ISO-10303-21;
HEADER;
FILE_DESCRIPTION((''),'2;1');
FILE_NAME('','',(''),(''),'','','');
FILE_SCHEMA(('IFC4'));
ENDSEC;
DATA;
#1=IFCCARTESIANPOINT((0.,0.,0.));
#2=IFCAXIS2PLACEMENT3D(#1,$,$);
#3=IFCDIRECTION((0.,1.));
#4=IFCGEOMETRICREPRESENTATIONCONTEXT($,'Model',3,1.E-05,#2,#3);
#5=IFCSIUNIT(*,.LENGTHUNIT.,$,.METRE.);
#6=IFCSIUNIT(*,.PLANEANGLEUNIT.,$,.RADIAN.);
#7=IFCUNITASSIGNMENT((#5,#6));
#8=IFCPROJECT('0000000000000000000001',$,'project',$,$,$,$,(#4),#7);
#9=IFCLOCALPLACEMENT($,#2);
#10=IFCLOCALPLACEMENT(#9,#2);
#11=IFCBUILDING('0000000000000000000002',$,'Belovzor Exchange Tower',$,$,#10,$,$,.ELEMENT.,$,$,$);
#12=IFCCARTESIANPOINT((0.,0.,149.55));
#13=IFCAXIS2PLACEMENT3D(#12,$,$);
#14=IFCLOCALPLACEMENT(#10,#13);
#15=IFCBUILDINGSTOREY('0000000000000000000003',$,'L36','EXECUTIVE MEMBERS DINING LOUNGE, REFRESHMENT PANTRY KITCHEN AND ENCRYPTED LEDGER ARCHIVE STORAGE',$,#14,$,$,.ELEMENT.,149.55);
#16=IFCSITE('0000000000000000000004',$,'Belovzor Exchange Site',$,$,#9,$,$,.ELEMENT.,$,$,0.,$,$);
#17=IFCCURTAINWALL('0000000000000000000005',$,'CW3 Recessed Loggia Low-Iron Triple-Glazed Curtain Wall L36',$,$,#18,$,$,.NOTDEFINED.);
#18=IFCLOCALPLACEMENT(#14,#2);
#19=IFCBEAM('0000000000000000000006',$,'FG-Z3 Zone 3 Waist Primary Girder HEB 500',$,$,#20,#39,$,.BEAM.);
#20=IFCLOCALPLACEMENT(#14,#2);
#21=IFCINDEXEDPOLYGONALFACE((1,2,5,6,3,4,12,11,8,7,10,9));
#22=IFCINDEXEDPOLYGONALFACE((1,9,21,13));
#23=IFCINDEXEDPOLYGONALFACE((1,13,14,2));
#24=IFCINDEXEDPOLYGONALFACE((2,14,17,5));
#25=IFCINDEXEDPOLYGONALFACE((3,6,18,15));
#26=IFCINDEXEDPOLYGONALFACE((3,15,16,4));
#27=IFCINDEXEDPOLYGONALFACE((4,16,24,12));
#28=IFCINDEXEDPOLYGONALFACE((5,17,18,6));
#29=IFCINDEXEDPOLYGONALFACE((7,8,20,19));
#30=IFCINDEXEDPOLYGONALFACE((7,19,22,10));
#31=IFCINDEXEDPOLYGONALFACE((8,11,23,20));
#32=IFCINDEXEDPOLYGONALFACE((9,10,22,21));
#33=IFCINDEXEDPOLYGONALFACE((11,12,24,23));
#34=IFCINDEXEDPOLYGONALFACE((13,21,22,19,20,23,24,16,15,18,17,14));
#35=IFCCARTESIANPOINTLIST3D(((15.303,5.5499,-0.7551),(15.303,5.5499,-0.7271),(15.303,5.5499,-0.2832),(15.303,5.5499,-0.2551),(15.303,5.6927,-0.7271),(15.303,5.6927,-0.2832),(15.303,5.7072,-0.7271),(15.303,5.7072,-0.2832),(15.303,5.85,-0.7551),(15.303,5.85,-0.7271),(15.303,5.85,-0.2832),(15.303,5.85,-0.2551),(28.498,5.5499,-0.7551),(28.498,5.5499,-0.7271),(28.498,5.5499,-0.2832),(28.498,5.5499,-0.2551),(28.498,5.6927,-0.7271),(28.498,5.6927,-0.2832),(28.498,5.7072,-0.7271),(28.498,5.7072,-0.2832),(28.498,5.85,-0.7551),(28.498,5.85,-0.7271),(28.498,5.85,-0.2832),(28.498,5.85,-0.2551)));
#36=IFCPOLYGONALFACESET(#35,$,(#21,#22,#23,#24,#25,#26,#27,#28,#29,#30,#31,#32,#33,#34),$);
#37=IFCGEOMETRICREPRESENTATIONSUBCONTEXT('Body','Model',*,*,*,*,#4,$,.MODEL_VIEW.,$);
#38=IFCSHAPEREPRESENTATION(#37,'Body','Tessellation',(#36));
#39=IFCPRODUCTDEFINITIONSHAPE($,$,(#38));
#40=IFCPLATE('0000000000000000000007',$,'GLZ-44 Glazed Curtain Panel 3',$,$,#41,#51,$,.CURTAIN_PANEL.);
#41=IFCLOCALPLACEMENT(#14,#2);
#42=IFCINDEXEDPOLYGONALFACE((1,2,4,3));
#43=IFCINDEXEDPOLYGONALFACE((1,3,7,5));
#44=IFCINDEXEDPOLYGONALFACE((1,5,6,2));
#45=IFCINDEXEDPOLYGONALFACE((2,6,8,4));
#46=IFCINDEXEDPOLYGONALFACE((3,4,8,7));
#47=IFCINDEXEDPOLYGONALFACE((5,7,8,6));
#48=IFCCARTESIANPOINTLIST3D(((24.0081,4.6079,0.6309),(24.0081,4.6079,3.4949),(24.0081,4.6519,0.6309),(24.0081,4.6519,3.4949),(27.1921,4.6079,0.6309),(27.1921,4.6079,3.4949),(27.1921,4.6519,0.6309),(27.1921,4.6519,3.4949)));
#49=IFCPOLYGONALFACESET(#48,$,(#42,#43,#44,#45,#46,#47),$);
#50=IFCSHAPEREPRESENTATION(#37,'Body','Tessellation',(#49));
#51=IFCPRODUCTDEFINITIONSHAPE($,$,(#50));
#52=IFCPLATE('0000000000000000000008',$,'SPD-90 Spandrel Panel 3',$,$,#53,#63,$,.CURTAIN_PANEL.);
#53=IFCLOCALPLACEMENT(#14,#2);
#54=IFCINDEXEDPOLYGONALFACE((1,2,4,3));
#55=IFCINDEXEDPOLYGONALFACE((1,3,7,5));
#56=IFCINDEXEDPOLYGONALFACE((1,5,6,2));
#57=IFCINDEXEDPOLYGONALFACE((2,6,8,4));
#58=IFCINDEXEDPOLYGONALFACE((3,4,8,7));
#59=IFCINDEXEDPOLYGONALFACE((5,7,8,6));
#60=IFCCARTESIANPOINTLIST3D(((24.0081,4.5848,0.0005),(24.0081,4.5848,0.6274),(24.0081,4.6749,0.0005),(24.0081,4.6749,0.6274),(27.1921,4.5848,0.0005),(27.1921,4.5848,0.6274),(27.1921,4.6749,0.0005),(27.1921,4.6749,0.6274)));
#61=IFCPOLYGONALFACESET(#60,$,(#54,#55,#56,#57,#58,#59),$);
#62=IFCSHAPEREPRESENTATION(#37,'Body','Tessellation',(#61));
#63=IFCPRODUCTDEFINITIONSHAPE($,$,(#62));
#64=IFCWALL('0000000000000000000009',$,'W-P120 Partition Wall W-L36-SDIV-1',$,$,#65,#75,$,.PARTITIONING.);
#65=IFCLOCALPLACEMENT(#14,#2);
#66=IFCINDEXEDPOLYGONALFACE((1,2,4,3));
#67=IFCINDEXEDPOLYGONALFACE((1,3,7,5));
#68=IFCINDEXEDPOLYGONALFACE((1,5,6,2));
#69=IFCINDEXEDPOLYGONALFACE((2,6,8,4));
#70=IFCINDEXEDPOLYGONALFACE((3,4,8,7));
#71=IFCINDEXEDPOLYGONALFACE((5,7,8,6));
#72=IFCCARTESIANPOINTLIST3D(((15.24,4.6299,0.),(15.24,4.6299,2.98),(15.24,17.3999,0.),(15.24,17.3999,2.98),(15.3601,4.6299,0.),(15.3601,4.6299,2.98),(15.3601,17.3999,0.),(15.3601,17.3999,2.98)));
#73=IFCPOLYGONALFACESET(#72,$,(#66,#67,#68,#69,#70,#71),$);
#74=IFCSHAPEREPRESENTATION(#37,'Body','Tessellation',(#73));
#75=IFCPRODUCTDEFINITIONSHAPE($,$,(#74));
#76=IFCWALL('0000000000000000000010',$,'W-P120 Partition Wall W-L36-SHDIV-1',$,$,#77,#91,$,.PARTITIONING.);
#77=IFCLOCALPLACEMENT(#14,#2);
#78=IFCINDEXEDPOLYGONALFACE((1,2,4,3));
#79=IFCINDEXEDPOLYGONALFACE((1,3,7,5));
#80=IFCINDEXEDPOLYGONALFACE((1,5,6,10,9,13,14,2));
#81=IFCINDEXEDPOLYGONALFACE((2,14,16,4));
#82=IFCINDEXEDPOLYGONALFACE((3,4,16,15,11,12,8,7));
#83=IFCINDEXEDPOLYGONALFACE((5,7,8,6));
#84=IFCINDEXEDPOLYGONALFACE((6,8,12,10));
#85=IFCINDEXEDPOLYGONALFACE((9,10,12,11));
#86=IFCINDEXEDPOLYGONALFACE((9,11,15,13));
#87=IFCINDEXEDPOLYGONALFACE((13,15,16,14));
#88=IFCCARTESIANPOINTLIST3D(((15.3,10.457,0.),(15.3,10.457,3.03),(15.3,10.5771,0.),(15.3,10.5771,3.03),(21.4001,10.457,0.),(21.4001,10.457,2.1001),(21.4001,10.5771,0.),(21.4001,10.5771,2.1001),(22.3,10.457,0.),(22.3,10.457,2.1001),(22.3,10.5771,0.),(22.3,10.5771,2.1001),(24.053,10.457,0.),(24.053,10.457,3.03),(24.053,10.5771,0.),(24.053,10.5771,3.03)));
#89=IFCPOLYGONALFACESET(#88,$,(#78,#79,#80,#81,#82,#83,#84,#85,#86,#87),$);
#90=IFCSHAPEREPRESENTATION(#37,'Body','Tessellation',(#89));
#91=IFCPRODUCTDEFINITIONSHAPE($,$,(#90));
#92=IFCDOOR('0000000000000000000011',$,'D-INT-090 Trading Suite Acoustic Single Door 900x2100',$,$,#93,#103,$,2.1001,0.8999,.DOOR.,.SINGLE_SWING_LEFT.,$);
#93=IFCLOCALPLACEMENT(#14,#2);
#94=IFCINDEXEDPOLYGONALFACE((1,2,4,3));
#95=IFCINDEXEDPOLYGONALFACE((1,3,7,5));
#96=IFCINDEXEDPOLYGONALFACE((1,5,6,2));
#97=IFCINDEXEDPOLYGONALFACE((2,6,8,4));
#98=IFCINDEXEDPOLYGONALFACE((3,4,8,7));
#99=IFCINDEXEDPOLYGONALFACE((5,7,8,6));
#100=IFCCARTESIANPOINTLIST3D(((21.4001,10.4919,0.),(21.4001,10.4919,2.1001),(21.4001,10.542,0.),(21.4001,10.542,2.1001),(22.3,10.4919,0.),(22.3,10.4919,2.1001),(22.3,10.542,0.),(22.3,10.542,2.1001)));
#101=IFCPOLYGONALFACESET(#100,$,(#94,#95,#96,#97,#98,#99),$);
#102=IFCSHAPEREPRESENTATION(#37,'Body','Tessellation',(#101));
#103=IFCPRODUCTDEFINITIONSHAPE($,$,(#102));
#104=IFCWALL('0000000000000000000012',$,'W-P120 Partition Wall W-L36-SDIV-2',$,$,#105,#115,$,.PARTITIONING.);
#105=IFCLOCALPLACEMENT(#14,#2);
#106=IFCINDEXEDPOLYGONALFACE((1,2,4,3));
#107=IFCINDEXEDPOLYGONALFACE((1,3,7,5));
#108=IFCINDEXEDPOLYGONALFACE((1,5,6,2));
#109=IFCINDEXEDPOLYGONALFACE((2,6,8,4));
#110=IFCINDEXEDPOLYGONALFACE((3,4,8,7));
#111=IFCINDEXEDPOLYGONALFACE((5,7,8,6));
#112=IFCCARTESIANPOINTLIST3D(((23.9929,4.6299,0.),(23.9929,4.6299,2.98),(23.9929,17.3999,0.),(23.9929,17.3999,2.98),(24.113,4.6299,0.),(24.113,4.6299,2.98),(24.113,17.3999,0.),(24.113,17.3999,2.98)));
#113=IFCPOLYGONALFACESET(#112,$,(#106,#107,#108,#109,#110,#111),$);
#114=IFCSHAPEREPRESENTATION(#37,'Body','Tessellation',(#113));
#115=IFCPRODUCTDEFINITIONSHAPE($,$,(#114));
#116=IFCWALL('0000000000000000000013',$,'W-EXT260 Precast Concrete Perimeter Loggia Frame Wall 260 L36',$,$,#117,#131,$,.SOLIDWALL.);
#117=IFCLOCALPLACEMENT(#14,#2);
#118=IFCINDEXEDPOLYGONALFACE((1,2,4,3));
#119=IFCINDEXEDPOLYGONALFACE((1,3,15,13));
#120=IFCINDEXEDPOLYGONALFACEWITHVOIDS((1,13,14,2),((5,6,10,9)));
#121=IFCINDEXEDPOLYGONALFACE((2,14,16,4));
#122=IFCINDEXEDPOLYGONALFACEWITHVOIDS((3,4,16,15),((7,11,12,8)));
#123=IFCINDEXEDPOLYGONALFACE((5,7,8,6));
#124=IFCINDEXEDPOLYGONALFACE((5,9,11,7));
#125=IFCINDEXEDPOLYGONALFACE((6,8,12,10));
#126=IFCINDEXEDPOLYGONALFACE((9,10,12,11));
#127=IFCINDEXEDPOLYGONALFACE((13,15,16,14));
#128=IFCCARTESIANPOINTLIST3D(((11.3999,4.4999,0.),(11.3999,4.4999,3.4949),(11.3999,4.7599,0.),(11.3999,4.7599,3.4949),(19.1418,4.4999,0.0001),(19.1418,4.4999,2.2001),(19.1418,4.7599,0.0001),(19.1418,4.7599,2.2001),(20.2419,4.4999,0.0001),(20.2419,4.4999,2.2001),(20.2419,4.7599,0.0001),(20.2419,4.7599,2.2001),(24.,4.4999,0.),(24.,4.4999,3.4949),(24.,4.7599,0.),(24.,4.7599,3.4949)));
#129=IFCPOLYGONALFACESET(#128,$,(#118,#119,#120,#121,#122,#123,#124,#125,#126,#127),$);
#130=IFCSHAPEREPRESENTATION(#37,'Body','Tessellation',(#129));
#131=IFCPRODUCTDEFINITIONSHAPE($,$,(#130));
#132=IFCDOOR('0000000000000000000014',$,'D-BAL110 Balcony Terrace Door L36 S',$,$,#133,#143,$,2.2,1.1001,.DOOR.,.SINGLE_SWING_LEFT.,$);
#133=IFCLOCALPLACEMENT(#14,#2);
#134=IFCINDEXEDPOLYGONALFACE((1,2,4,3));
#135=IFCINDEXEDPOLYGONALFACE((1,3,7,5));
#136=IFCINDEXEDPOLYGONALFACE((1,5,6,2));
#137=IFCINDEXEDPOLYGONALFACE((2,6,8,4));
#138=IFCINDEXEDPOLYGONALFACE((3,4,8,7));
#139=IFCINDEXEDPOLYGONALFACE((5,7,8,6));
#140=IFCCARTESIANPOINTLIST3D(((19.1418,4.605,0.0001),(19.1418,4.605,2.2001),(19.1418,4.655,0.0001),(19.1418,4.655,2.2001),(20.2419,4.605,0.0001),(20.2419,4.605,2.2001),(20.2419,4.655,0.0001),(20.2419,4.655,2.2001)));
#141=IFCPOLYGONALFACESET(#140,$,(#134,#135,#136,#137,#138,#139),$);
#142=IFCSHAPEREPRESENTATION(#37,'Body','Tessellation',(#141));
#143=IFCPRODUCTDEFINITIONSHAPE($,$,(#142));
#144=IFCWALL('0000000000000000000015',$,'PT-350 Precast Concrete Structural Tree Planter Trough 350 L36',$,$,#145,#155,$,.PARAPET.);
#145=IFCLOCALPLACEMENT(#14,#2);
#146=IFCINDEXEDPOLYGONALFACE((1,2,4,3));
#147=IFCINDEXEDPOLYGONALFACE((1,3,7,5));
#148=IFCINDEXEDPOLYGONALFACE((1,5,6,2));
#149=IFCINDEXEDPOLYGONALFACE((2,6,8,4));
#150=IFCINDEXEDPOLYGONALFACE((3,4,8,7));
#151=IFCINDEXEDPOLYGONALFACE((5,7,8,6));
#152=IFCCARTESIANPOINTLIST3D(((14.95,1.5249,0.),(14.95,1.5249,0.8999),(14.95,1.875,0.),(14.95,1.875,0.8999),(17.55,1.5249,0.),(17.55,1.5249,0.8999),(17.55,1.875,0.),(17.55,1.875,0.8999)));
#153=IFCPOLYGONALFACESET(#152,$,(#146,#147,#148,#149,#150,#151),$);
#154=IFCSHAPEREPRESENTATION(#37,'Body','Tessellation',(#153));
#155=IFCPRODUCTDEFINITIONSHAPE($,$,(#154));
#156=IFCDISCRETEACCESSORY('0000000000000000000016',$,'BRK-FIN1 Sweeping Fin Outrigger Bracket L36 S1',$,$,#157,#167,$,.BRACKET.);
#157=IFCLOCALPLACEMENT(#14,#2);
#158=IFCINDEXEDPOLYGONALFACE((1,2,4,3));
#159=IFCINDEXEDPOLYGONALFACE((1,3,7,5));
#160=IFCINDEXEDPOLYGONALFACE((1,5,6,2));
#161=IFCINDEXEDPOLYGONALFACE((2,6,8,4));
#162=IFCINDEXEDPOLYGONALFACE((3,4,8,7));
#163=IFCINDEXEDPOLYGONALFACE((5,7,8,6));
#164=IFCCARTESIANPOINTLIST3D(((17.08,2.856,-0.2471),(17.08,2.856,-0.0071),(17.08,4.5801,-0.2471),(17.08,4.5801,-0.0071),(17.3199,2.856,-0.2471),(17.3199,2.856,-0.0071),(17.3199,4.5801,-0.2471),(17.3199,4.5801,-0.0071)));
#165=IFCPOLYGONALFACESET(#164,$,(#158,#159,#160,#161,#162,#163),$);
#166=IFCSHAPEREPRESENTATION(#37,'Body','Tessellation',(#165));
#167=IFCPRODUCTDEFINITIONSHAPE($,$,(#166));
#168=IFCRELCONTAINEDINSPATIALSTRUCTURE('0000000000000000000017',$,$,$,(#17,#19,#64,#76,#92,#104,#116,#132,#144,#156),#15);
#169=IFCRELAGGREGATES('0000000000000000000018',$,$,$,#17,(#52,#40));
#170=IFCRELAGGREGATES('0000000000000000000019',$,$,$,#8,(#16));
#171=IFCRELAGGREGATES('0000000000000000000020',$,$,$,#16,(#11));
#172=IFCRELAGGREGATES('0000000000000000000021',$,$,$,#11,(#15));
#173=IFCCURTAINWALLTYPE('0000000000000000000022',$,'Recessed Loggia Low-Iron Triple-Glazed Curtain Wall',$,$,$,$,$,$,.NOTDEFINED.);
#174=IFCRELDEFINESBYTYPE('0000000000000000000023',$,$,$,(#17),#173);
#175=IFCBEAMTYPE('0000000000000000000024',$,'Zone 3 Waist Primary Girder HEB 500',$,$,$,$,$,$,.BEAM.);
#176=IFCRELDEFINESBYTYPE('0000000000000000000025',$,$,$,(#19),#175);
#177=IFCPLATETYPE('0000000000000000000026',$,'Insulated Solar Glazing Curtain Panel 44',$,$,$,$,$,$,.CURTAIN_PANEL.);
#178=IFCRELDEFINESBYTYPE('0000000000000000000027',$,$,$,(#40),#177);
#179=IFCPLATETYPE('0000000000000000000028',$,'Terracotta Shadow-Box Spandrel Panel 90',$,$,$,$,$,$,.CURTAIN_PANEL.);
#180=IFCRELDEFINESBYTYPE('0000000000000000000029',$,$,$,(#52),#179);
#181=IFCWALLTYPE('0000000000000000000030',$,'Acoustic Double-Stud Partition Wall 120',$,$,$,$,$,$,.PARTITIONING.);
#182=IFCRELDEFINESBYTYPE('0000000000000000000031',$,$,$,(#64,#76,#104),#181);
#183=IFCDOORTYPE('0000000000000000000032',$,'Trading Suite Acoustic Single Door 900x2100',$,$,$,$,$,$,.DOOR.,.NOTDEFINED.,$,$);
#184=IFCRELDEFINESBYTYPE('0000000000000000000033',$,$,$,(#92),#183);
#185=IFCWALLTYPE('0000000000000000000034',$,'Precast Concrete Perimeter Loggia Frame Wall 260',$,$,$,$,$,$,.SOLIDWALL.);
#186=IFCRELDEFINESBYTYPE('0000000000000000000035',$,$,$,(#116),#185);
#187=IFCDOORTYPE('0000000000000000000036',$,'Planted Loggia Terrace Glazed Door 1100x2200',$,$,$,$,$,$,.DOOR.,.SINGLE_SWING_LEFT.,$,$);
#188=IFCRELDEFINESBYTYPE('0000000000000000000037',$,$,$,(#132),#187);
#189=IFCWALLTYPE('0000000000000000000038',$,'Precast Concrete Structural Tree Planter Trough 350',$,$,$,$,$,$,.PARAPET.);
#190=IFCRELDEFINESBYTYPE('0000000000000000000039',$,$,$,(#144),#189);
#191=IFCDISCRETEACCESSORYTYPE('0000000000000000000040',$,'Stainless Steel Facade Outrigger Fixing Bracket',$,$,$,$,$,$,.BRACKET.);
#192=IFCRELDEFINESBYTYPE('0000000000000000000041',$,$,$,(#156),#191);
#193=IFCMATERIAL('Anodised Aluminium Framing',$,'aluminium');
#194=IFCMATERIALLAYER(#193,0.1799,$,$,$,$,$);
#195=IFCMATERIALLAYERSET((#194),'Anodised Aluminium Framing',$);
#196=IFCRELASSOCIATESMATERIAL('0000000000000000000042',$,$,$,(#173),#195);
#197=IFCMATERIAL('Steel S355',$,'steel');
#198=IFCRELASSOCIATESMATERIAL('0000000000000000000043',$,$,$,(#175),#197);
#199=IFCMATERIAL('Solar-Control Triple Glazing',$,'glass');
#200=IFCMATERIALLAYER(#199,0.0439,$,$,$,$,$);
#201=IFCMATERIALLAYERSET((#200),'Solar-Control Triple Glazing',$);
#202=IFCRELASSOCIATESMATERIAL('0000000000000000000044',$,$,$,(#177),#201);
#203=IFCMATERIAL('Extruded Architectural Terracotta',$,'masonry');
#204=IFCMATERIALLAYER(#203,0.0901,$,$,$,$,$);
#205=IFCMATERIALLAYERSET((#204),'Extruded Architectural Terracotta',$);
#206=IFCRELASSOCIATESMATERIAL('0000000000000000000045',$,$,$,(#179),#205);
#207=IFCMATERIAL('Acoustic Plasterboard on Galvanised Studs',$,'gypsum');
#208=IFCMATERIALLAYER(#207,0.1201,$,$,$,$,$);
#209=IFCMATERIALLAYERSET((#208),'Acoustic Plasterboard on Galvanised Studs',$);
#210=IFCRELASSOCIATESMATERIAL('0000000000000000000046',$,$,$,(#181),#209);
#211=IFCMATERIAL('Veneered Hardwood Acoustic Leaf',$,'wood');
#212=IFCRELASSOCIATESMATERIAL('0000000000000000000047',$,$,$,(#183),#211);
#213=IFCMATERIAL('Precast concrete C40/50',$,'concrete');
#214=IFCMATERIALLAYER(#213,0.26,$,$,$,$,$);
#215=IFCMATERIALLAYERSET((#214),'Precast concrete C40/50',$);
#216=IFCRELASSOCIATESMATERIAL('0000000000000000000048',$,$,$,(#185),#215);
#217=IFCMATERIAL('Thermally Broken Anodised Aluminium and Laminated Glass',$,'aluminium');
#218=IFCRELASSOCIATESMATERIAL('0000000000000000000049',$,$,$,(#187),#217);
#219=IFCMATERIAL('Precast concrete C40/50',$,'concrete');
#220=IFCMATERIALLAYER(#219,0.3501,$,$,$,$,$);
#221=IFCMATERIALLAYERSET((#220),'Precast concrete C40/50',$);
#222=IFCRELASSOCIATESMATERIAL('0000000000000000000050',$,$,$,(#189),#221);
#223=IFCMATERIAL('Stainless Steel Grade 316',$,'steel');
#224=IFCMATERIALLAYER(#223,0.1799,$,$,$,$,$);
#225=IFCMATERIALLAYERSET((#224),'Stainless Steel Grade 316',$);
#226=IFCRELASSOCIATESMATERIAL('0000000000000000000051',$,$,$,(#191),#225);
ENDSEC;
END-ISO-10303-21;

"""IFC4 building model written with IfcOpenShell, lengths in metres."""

from ifc_helpers import new_model, si_unit, direction, frame, frame_2d, origin, origin_2d, place, context, subcontext, project, spatial, rectangle, i_section, extrude, material, layer, layer_set, material_profile, profile_set, type_object, element, fill, aggregate, save


model = new_model("IFC4")

# Units and contexts
model_context = context("Model", 3, precision=1e-05, world=origin(), true_north=direction((0.0, 1.0)))
body_context = subcontext(model_context, "Body", "Model", "MODEL_VIEW")
ifc_project = project(units=[si_unit("LENGTHUNIT", "METRE"), si_unit("PLANEANGLEUNIT", "RADIAN")], contexts=[model_context])

# Site, building, storey
site_placement = place(None, origin())
site = spatial("IfcSite", under=ifc_project, at=site_placement, Name="Belovzor Exchange Site", CompositionType="ELEMENT", RefElevation=0.0)
building_placement = place(site_placement, origin())
building = spatial("IfcBuilding", under=site, at=building_placement, Name="Belovzor Exchange Tower", CompositionType="ELEMENT")
storey_placement = place(building_placement, frame((0.0, 0.0, 149.55)))
storey = spatial("IfcBuildingStorey", under=building, at=storey_placement, Name="L36", Description="EXECUTIVE MEMBERS DINING LOUNGE, REFRESHMENT PANTRY KITCHEN AND ENCRYPTED LEDGER ARCHIVE STORAGE", CompositionType="ELEMENT", Elevation=149.55)

# Curtain wall
ifc_material_1 = material(Name="Anodised Aluminium Framing", Category="aluminium")
ifc_layer_1 = layer(ifc_material_1, 0.1799)
ifc_layer_set_1 = layer_set([ifc_layer_1], Name="Anodised Aluminium Framing")
curtain_wall_type = type_object("IfcCurtainWallType", Name="Recessed Loggia Low-Iron Triple-Glazed Curtain Wall", PredefinedType="NOTDEFINED", material=ifc_layer_set_1)
curtain_wall_placement = place(storey_placement, origin())
curtain_wall = element("IfcCurtainWall", 1, at=curtain_wall_placement, inside=storey, type_object=curtain_wall_type, Name="CW3 Recessed Loggia Low-Iron Triple-Glazed Curtain Wall L36", PredefinedType="NOTDEFINED")

# Beam
ifc_material_2 = material(Name="Steel S355", Category="steel")
ifc_material_profile_1 = material_profile(ifc_material_2, i_section(OverallWidth=0.3, OverallDepth=0.5, WebThickness=0.0144, FlangeThickness=0.0281, at=origin_2d()))
ifc_profile_set_1 = profile_set([ifc_material_profile_1], Name="Steel S355")
beam_type_1 = type_object("IfcBeamType", Name="Zone 3 Waist Primary Girder HEB 500", PredefinedType="BEAM", material=ifc_profile_set_1)
beam_1_placement = place(storey_placement, frame((15.303, 5.7, -0.5051), z_axis=(1.0, 0.0, 0.0), x_axis=(0.0, 1.0, 0.0)))
element("IfcBeam", 2, at=beam_1_placement, inside=storey, type_object=beam_type_1, Name="FG-Z3 Zone 3 Waist Primary Girder HEB 500", PredefinedType="BEAM", context=body_context, shape_type="SweptSolid", body=[
    extrude(i_section(OverallWidth=0.3, OverallDepth=0.5, WebThickness=0.0144, FlangeThickness=0.0281, at=origin_2d()), origin(), (0.0, 0.0, 1.0), 13.1951),
])

# Plates
ifc_material_3 = material(Name="Solar-Control Triple Glazing", Category="glass")
ifc_layer_2 = layer(ifc_material_3, 0.0439)
ifc_layer_set_2 = layer_set([ifc_layer_2], Name="Solar-Control Triple Glazing")
plate_type_1 = type_object("IfcPlateType", Name="Insulated Solar Glazing Curtain Panel 44", PredefinedType="CURTAIN_PANEL", material=ifc_layer_set_2)
plate_1_placement = place(storey_placement, frame((25.6001, 4.6299, 0.6309), z_axis=(0.0, 0.0, 1.0), x_axis=(-1.0, 0.0, 0.0)))
plate_1 = element("IfcPlate", 3, at=plate_1_placement, type_object=plate_type_1, Name="GLZ-44 Glazed Curtain Panel 3", PredefinedType="CURTAIN_PANEL", context=body_context, shape_type="SweptSolid", body=[
    extrude(rectangle(XDim=3.1841, YDim=0.0439, at=origin_2d()), origin(), (0.0, 0.0, 1.0), 2.864),
])
ifc_material_4 = material(Name="Extruded Architectural Terracotta", Category="masonry")
ifc_layer_3 = layer(ifc_material_4, 0.0901)
ifc_layer_set_3 = layer_set([ifc_layer_3], Name="Extruded Architectural Terracotta")
plate_type_2 = type_object("IfcPlateType", Name="Terracotta Shadow-Box Spandrel Panel 90", PredefinedType="CURTAIN_PANEL", material=ifc_layer_set_3)
plate_2_placement = place(storey_placement, frame((25.6001, 4.6299, 0.0005), z_axis=(0.0, 0.0, 1.0), x_axis=(-1.0, 0.0, 0.0)))
plate_2 = element("IfcPlate", 4, at=plate_2_placement, type_object=plate_type_2, Name="SPD-90 Spandrel Panel 3", PredefinedType="CURTAIN_PANEL", context=body_context, shape_type="SweptSolid", body=[
    extrude(rectangle(XDim=3.1841, YDim=0.0901, at=origin_2d()), origin(), (0.0, 0.0, 1.0), 0.627),
])
aggregate(curtain_wall, [plate_2, plate_1])

# Wall
ifc_material_5 = material(Name="Acoustic Plasterboard on Galvanised Studs", Category="gypsum")
ifc_layer_4 = layer(ifc_material_5, 0.1201)
ifc_layer_set_4 = layer_set([ifc_layer_4], Name="Acoustic Plasterboard on Galvanised Studs")
wall_type_1 = type_object("IfcWallType", Name="Acoustic Double-Stud Partition Wall 120", PredefinedType="PARTITIONING", material=ifc_layer_set_4)
wall_1_placement = place(storey_placement, frame((15.3, 4.6299, 0.0), z_axis=(0.0, 0.0, 1.0), x_axis=(0.0, 1.0, 0.0)))
element("IfcWall", 5, at=wall_1_placement, inside=storey, type_object=wall_type_1, Name="W-P120 Partition Wall W-L36-SDIV-1", PredefinedType="PARTITIONING", context=body_context, shape_type="SweptSolid", body=[
    extrude(rectangle(XDim=12.77, YDim=0.1201, at=frame_2d((6.385, 0.0))), origin(), (0.0, 0.0, 1.0), 2.98),
])

# Wall, opening, door
wall_2_placement = place(storey_placement, frame((15.3, 10.5171, 0.0), z_axis=(0.0, 0.0, 1.0), x_axis=(1.0, 0.0, 0.0)))
wall_2 = element("IfcWall", 6, at=wall_2_placement, inside=storey, type_object=wall_type_1, Name="W-P120 Partition Wall W-L36-SHDIV-1", PredefinedType="PARTITIONING", context=body_context, shape_type="SweptSolid", body=[
    extrude(rectangle(XDim=8.7529, YDim=0.1201, at=frame_2d((4.3765, 0.0))), origin(), (0.0, 0.0, 1.0), 3.03),
])
opening_1_placement = place(wall_2_placement, frame((6.1001, 0.0, 0.0)))
opening_1 = element("IfcOpeningElement", 7, at=opening_1_placement, cuts=wall_2, PredefinedType="OPENING", context=body_context, shape_type="SweptSolid", body=[
    extrude(rectangle(XDim=0.8999, YDim=2.1001, at=frame_2d((0.45, 1.05))), frame((0.0, 0.0701, 0.0), z_axis=(0.0, -1.0, 0.0), x_axis=(1.0, 0.0, 0.0)), (0.0, 0.0, 1.0), 0.1401),
])
ifc_material_6 = material(Name="Veneered Hardwood Acoustic Leaf", Category="wood")
door_type_1 = type_object("IfcDoorType", Name="Trading Suite Acoustic Single Door 900x2100", OperationType="NOTDEFINED", PredefinedType="DOOR", material=ifc_material_6)
door_1_placement = place(opening_1_placement, origin())
door_1 = element("IfcDoor", 8, at=door_1_placement, inside=storey, type_object=door_type_1, Name="D-INT-090 Trading Suite Acoustic Single Door 900x2100", OperationType="SINGLE_SWING_LEFT", OverallHeight=2.1001, OverallWidth=0.8999, PredefinedType="DOOR", context=body_context, shape_type="SweptSolid", body=[
    extrude(rectangle(XDim=0.8999, YDim=2.1001, at=frame_2d((0.45, 1.05))), frame((0.0, 0.0249, 0.0), z_axis=(0.0, -1.0, 0.0), x_axis=(1.0, 0.0, 0.0)), (0.0, 0.0, 1.0), 0.05),
])
fill(opening_1, door_1)

# Wall
wall_3_placement = place(storey_placement, frame((24.053, 4.6299, 0.0), z_axis=(0.0, 0.0, 1.0), x_axis=(0.0, 1.0, 0.0)))
element("IfcWall", 9, at=wall_3_placement, inside=storey, type_object=wall_type_1, Name="W-P120 Partition Wall W-L36-SDIV-2", PredefinedType="PARTITIONING", context=body_context, shape_type="SweptSolid", body=[
    extrude(rectangle(XDim=12.77, YDim=0.1201, at=frame_2d((6.385, 0.0))), origin(), (0.0, 0.0, 1.0), 2.98),
])

# Wall, opening, door
ifc_material_7 = material(Name="Precast concrete C40/50", Category="concrete")
ifc_layer_5 = layer(ifc_material_7, 0.26)
ifc_layer_set_5 = layer_set([ifc_layer_5], Name="Precast concrete C40/50")
wall_type_2 = type_object("IfcWallType", Name="Precast Concrete Perimeter Loggia Frame Wall 260", PredefinedType="SOLIDWALL", material=ifc_layer_set_5)
wall_4_placement = place(storey_placement, frame((24.0, 4.6299, 0.0), z_axis=(0.0, 0.0, 1.0), x_axis=(-1.0, 0.0, 0.0)))
wall_4 = element("IfcWall", 10, at=wall_4_placement, inside=storey, type_object=wall_type_2, Name="W-EXT260 Precast Concrete Perimeter Loggia Frame Wall 260 L36", PredefinedType="SOLIDWALL", context=body_context, shape_type="SweptSolid", body=[
    extrude(rectangle(XDim=12.6001, YDim=0.26, at=frame_2d((6.3, 0.0))), origin(), (0.0, 0.0, 1.0), 3.4949),
])
opening_2_placement = place(wall_4_placement, frame((3.7581, 0.0, 0.0)))
opening_2 = element("IfcOpeningElement", 11, at=opening_2_placement, cuts=wall_4, PredefinedType="OPENING", context=body_context, shape_type="SweptSolid", body=[
    extrude(rectangle(XDim=1.1001, YDim=2.2, at=frame_2d((0.55, 1.1001))), frame((0.0, 0.1399, 0.0), z_axis=(0.0, -1.0, 0.0), x_axis=(1.0, 0.0, 0.0)), (0.0, 0.0, 1.0), 0.28),
])
ifc_material_8 = material(Name="Thermally Broken Anodised Aluminium and Laminated Glass", Category="aluminium")
door_type_2 = type_object("IfcDoorType", Name="Planted Loggia Terrace Glazed Door 1100x2200", OperationType="SINGLE_SWING_LEFT", PredefinedType="DOOR", material=ifc_material_8)
door_2_placement = place(opening_2_placement, origin())
door_2 = element("IfcDoor", 12, at=door_2_placement, inside=storey, type_object=door_type_2, Name="D-BAL110 Balcony Terrace Door L36 S", OperationType="SINGLE_SWING_LEFT", OverallHeight=2.2, OverallWidth=1.1001, PredefinedType="DOOR", context=body_context, shape_type="SweptSolid", body=[
    extrude(rectangle(XDim=1.1001, YDim=2.2, at=frame_2d((0.55, 1.1001))), frame((0.0, 0.0249, 0.0), z_axis=(0.0, -1.0, 0.0), x_axis=(1.0, 0.0, 0.0)), (0.0, 0.0, 1.0), 0.05),
])
fill(opening_2, door_2)

# Wall
ifc_material_9 = material(Name="Precast concrete C40/50", Category="concrete")
ifc_layer_6 = layer(ifc_material_9, 0.3501)
ifc_layer_set_6 = layer_set([ifc_layer_6], Name="Precast concrete C40/50")
wall_type_3 = type_object("IfcWallType", Name="Precast Concrete Structural Tree Planter Trough 350", PredefinedType="PARAPET", material=ifc_layer_set_6)
wall_5_placement = place(storey_placement, frame((14.95, 1.7, 0.0), z_axis=(0.0, 0.0, 1.0), x_axis=(1.0, 0.0, 0.0)))
element("IfcWall", 13, at=wall_5_placement, inside=storey, type_object=wall_type_3, Name="PT-350 Precast Concrete Structural Tree Planter Trough 350 L36", PredefinedType="PARAPET", context=body_context, shape_type="SweptSolid", body=[
    extrude(rectangle(XDim=2.6001, YDim=0.3501, at=frame_2d((1.3, 0.0))), origin(), (0.0, 0.0, 1.0), 0.8999),
])

# Discrete accessory
ifc_material_10 = material(Name="Stainless Steel Grade 316", Category="steel")
ifc_layer_7 = layer(ifc_material_10, 0.1799)
ifc_layer_set_7 = layer_set([ifc_layer_7], Name="Stainless Steel Grade 316")
discrete_accessory_type = type_object("IfcDiscreteAccessoryType", Name="Stainless Steel Facade Outrigger Fixing Bracket", PredefinedType="BRACKET", material=ifc_layer_set_7)
for number, where, z_axis, x_axis, name in (
    (14, (17.2, 3.718, -0.2471), (0.0, 0.0, 1.0), (0.0, 1.0, 0.0), "BRK-FIN1 Sweeping Fin Outrigger Bracket L36 S1"),
):
    element("IfcDiscreteAccessory", number, at=place(storey_placement, frame(where, z_axis=z_axis, x_axis=x_axis)), inside=storey, type_object=discrete_accessory_type, Name=name, PredefinedType="BRACKET", context=body_context, shape_type="SweptSolid", body=[
        extrude(rectangle(XDim=1.7241, YDim=0.24, at=origin_2d()), origin(), (0.0, 0.0, 1.0), 0.24),
    ])

save(model, "model.ifc")
